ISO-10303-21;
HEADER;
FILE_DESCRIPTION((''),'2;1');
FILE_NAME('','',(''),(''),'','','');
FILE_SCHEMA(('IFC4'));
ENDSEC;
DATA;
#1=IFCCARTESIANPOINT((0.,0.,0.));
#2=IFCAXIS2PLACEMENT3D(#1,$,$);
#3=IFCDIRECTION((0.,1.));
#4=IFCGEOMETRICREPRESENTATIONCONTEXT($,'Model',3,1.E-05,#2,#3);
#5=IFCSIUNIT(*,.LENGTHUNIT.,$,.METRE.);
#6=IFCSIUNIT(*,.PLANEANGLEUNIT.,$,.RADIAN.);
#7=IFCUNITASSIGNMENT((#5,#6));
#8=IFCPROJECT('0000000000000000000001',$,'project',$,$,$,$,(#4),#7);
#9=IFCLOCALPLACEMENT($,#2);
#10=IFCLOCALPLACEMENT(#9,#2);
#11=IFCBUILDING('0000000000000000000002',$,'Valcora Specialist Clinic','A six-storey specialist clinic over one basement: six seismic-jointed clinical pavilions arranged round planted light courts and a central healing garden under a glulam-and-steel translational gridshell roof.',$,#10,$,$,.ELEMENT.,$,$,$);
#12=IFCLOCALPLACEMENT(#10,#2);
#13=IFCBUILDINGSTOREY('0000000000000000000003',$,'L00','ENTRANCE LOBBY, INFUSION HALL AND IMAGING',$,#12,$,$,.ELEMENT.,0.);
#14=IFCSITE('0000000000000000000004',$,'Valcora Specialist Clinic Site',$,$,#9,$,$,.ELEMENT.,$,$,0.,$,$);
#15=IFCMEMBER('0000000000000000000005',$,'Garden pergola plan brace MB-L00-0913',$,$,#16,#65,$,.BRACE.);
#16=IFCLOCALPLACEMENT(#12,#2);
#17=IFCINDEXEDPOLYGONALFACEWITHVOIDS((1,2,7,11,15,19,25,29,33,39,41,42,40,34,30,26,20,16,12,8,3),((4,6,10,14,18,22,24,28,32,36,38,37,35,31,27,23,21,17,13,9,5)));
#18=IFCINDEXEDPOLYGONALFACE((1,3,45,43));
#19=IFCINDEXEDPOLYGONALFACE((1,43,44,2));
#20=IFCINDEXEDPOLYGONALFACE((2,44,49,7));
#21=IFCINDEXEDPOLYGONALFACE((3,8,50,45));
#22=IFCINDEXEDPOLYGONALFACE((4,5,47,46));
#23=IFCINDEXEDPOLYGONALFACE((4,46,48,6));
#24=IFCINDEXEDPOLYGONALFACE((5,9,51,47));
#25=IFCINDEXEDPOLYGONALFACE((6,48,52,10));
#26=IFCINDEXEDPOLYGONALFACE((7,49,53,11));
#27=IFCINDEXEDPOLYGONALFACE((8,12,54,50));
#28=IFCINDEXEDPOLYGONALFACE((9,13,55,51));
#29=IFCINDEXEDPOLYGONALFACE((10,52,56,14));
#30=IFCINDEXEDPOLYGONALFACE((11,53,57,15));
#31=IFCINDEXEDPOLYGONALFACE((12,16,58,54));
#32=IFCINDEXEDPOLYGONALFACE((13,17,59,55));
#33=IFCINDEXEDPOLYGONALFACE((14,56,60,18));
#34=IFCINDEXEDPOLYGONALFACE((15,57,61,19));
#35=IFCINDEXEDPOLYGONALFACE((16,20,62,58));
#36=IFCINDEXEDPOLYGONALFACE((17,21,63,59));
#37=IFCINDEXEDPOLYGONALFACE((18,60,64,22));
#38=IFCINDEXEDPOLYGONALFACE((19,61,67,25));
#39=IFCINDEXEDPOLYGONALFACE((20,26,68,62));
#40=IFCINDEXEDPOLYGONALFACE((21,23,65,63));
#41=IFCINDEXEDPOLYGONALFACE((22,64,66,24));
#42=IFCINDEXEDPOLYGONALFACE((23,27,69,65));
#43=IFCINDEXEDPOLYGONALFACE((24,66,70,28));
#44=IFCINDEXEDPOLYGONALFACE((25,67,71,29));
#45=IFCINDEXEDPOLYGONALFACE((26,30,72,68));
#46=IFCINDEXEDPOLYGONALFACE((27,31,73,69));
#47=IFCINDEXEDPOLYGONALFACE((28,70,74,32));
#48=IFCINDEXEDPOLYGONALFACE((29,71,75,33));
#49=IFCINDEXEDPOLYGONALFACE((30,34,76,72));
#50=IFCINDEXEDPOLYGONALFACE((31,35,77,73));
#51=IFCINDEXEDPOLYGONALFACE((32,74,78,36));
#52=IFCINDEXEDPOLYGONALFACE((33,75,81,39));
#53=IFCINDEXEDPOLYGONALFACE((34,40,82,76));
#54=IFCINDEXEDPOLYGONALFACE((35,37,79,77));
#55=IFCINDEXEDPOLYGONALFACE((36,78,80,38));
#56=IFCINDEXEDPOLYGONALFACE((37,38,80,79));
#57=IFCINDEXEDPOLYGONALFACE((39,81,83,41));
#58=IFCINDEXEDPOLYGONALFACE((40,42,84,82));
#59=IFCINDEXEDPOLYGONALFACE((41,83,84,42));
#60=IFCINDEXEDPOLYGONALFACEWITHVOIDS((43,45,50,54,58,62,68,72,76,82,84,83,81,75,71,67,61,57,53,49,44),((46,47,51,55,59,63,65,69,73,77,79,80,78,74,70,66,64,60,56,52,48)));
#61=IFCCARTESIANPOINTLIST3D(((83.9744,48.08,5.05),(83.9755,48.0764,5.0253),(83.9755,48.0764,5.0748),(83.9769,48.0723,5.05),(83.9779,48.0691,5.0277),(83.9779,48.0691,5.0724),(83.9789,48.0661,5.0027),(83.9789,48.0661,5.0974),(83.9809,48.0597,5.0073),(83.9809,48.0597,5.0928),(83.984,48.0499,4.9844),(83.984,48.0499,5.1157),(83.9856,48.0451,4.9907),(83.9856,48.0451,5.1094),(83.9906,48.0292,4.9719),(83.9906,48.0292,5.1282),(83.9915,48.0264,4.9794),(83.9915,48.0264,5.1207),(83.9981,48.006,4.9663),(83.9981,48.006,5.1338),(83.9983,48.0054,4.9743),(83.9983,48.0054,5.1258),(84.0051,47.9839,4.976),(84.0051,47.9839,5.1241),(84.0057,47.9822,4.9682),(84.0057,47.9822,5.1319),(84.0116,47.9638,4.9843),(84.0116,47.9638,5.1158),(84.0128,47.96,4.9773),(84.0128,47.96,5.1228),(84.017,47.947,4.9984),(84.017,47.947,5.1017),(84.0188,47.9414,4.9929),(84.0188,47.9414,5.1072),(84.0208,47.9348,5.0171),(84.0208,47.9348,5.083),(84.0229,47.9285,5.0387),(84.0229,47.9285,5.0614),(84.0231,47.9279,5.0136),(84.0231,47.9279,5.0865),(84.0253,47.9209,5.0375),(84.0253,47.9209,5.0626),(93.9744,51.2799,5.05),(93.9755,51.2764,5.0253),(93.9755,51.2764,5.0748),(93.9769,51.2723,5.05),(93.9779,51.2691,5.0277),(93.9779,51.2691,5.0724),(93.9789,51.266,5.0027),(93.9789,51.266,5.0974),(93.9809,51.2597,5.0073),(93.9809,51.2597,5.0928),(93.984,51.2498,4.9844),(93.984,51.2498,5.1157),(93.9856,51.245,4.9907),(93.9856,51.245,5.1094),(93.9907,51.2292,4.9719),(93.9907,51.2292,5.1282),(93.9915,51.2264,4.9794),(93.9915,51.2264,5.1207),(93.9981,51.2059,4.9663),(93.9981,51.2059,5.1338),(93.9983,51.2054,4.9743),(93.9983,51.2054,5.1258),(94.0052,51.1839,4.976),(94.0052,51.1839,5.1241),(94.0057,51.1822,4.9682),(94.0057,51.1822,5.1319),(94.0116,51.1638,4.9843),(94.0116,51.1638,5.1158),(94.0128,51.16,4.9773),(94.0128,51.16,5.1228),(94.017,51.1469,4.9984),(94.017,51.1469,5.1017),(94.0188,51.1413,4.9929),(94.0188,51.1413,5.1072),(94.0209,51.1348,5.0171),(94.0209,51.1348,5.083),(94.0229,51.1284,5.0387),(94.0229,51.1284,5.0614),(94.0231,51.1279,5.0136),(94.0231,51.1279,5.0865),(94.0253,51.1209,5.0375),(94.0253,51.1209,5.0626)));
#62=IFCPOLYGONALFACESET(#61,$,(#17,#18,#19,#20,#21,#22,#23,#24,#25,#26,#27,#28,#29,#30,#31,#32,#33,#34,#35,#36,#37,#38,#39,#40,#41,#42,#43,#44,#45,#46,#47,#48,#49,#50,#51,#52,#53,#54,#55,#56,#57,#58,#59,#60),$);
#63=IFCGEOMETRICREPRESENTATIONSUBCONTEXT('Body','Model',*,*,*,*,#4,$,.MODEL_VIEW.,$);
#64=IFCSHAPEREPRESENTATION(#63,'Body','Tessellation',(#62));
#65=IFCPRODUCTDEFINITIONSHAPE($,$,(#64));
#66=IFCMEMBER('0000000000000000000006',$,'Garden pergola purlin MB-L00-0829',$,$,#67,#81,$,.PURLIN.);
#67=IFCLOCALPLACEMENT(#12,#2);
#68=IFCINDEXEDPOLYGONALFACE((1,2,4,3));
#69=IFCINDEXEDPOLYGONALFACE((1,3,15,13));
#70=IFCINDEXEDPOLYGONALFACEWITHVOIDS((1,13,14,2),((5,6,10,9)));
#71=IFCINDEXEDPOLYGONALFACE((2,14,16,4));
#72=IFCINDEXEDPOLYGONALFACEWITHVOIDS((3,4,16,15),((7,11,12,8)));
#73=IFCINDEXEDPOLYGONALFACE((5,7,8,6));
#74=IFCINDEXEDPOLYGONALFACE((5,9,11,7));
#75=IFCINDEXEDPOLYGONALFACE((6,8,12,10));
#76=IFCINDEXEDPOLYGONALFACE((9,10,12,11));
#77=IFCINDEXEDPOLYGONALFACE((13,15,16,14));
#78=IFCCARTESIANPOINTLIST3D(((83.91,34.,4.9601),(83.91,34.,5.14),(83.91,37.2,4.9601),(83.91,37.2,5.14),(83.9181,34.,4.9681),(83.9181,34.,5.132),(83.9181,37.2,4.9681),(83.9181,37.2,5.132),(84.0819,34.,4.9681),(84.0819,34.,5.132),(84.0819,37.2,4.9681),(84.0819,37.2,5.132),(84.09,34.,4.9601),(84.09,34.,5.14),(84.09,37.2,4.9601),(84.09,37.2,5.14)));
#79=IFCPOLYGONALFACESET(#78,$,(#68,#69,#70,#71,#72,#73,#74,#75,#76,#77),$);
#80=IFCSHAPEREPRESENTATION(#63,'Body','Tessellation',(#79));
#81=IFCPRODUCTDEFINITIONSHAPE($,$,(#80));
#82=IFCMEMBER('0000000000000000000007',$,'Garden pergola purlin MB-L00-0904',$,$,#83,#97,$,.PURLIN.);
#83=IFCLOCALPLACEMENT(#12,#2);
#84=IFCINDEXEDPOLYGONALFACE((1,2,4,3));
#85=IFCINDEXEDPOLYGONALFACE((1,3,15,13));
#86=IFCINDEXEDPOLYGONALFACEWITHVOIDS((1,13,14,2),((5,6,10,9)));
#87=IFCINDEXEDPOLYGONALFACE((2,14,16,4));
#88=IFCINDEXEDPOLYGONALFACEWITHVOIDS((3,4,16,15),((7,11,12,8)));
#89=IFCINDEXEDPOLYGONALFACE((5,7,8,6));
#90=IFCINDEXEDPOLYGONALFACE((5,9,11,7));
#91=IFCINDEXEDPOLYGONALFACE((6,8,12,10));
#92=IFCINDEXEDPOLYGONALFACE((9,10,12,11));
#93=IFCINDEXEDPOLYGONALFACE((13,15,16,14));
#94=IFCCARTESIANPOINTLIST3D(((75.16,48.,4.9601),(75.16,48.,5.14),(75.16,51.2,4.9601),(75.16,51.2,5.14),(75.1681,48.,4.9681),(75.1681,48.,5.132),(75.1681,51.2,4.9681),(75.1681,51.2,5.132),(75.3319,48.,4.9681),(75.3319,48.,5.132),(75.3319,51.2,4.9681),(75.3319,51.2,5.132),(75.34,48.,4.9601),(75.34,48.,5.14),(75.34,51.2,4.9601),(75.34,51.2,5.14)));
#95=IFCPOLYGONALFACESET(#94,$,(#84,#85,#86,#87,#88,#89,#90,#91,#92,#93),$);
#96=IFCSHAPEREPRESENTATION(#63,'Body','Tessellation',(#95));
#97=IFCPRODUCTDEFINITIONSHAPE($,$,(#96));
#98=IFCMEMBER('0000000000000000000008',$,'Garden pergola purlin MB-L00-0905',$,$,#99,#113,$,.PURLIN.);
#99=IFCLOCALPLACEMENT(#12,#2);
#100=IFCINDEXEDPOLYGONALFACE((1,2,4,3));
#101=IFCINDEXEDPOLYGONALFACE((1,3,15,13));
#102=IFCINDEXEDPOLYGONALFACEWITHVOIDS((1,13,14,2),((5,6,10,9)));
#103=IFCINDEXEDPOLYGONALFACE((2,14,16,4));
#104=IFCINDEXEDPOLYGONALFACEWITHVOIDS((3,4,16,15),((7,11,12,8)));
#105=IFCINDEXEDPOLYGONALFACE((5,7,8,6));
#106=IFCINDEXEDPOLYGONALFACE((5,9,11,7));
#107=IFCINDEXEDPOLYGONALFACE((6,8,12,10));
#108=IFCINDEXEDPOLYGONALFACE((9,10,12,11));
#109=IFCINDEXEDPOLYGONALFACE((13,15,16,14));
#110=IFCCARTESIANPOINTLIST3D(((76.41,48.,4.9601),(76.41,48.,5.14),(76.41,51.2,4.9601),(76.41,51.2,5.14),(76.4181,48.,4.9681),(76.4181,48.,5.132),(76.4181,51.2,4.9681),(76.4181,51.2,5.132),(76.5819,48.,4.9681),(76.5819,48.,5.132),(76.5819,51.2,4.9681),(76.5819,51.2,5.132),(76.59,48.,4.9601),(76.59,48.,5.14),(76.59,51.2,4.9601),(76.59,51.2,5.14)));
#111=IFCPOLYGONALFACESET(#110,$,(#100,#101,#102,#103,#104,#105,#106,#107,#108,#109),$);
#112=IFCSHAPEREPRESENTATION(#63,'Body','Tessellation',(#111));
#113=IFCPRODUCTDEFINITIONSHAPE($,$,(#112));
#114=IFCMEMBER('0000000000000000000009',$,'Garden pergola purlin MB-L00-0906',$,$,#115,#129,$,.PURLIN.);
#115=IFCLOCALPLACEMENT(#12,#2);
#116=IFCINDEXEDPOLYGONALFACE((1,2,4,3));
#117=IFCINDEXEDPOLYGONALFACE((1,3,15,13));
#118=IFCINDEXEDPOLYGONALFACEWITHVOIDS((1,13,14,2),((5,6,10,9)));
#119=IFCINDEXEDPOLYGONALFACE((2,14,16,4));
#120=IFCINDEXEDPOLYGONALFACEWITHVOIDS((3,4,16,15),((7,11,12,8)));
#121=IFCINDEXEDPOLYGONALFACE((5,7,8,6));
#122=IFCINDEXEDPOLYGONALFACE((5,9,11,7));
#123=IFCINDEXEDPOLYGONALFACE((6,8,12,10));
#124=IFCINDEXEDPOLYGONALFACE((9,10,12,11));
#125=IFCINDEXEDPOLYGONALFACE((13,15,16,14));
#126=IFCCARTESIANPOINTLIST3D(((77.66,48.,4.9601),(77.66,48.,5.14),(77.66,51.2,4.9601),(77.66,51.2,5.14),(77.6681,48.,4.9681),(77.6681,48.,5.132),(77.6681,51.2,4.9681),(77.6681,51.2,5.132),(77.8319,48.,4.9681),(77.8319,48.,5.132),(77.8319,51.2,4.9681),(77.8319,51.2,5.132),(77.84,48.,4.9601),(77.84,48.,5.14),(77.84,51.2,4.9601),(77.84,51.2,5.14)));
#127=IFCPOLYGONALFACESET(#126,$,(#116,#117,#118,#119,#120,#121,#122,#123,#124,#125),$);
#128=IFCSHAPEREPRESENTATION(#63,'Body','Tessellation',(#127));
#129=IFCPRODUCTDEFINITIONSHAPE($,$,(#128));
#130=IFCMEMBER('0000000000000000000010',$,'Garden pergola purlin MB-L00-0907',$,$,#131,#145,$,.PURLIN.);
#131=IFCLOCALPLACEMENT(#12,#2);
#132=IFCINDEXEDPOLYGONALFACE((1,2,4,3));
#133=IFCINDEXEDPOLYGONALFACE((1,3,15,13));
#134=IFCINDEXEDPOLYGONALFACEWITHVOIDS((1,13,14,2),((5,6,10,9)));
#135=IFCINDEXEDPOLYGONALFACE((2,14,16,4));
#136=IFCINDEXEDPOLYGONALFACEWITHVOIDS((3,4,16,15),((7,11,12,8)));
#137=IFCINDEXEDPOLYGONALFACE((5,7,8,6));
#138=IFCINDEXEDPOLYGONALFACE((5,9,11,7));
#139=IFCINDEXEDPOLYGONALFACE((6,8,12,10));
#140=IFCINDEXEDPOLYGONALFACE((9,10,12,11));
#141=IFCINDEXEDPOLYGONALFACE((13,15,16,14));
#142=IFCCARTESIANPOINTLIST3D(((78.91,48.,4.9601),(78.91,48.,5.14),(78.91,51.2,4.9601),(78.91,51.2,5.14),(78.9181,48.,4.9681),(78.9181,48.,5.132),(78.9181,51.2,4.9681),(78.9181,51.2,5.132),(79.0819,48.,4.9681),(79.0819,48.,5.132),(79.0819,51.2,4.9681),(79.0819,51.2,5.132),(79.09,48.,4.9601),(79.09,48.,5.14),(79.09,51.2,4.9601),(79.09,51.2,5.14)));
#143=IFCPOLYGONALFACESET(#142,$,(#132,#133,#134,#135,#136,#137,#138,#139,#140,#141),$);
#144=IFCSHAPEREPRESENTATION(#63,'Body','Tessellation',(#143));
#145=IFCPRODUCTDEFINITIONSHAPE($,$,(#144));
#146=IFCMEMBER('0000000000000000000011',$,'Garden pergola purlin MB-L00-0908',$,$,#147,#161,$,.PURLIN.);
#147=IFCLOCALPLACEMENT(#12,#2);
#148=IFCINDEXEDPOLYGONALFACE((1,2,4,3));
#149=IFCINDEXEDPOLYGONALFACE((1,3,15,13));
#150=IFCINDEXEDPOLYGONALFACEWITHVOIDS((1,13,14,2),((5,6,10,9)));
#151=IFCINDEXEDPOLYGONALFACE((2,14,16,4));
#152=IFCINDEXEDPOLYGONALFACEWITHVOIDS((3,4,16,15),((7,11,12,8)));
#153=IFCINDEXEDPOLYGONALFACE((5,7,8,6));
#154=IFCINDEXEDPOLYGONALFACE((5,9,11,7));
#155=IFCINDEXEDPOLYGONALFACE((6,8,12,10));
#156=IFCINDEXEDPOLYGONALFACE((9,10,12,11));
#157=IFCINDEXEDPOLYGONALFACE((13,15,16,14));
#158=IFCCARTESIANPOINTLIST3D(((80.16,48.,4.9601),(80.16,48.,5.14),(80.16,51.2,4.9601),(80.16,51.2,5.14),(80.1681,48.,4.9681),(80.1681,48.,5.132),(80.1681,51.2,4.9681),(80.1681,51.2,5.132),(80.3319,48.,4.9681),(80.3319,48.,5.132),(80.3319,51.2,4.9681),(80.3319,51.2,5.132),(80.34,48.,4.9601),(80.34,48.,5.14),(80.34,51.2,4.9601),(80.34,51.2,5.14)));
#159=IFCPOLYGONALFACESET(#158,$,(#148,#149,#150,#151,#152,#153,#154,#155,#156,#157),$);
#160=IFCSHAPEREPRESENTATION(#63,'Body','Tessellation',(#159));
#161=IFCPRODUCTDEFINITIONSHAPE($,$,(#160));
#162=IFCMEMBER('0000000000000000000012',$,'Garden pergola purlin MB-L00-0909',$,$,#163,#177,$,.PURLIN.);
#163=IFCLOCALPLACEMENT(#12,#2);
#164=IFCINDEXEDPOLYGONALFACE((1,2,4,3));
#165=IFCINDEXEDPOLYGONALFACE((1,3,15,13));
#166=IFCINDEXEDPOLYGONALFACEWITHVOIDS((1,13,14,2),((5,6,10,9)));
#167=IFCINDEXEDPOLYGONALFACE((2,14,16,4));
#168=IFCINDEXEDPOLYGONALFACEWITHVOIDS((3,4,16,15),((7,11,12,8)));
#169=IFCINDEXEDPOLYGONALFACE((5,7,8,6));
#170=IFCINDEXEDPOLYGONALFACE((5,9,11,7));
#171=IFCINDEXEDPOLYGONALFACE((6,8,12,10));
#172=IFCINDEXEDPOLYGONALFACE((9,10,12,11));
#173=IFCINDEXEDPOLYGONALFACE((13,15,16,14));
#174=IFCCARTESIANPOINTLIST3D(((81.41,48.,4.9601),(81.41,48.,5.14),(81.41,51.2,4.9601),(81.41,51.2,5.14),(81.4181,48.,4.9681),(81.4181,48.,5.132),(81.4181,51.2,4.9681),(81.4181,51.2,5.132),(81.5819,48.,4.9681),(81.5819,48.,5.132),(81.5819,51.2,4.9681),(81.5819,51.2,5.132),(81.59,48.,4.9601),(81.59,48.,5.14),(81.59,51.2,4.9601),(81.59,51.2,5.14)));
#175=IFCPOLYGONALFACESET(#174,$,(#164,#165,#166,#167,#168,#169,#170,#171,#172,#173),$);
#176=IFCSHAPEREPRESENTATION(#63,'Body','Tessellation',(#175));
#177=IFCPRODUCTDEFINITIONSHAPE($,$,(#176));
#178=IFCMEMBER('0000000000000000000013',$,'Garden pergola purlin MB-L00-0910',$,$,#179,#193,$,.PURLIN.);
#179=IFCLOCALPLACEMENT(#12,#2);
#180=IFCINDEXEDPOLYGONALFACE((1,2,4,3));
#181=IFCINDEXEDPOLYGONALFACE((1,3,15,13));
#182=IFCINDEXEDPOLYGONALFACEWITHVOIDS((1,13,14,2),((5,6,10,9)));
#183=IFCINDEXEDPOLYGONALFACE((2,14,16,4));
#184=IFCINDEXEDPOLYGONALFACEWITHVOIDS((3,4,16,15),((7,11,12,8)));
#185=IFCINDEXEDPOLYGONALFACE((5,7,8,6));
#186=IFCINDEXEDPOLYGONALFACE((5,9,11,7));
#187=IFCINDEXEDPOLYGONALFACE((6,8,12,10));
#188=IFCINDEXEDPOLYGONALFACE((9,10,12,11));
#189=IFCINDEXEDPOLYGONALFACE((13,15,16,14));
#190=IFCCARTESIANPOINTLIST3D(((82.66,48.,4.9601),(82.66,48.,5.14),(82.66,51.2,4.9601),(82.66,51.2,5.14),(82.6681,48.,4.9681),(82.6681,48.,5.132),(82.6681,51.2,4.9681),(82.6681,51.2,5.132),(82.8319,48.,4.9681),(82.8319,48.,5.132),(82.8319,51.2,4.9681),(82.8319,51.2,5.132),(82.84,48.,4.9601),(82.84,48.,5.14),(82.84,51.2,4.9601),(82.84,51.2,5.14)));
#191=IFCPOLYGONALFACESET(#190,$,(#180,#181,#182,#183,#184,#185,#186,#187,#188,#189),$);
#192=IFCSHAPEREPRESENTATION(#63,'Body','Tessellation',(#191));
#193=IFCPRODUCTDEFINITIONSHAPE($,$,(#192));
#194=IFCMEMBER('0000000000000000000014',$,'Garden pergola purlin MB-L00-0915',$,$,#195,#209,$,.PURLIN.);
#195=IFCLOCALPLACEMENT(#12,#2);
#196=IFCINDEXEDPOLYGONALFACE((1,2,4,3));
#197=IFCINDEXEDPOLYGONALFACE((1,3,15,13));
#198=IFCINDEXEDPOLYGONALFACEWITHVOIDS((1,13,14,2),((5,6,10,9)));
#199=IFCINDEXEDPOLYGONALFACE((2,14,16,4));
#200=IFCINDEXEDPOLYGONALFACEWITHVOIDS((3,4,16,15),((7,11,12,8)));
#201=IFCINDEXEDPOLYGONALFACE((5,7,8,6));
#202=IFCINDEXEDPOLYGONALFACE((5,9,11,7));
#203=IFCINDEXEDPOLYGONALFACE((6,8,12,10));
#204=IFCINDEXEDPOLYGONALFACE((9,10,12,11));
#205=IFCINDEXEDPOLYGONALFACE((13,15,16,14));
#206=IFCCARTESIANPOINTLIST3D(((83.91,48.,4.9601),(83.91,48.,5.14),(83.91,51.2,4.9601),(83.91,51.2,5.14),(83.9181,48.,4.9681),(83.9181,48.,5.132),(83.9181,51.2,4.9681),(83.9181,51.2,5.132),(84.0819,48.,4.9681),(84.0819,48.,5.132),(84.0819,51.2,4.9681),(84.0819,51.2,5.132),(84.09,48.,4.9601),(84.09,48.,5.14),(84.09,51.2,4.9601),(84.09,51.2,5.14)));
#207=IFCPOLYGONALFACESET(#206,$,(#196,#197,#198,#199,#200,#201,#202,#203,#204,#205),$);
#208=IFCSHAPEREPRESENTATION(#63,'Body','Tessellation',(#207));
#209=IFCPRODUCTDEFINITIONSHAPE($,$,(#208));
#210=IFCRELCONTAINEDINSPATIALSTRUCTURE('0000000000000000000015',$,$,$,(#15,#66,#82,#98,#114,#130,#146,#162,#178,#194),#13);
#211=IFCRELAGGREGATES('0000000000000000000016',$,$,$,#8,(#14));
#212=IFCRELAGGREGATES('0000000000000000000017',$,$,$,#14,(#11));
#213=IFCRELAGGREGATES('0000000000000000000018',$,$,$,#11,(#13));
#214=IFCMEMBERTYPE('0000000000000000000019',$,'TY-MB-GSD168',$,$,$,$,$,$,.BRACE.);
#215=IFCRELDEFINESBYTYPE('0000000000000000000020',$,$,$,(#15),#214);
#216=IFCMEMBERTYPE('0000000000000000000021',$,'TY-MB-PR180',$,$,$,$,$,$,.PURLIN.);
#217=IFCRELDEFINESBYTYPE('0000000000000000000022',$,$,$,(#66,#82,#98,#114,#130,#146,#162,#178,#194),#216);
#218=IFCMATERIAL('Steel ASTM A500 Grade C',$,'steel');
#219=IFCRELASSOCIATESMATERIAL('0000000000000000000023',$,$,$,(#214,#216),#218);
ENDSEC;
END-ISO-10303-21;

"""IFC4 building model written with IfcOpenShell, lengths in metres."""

from ifc_helpers import new_model, si_unit, direction, frame, origin, origin_2d, place, context, subcontext, project, spatial, hollow_rectangle, hollow_circle, extrude, material, material_profile, profile_set, type_object, element, save


model = new_model("IFC4")

# Units and contexts
model_context = context("Model", 3, precision=1e-05, world=origin(), true_north=direction((0.0, 1.0)))
body_context = subcontext(model_context, "Body", "Model", "MODEL_VIEW")
ifc_project = project(units=[si_unit("LENGTHUNIT", "METRE"), si_unit("PLANEANGLEUNIT", "RADIAN")], contexts=[model_context])

# Site, building, storey
site_placement = place(None, origin())
site = spatial("IfcSite", under=ifc_project, at=site_placement, Name="Valcora Specialist Clinic Site", CompositionType="ELEMENT", RefElevation=0.0)
building_placement = place(site_placement, origin())
building = spatial("IfcBuilding", under=site, at=building_placement, Name="Valcora Specialist Clinic", Description="A six-storey specialist clinic over one basement: six seismic-jointed clinical pavilions arranged round planted light courts and a central healing garden under a glulam-and-steel translational gridshell roof.", CompositionType="ELEMENT")
storey_placement = place(building_placement, origin())
storey = spatial("IfcBuildingStorey", under=building, at=storey_placement, Name="L00", Description="ENTRANCE LOBBY, INFUSION HALL AND IMAGING", CompositionType="ELEMENT", Elevation=0.0)

# Members
ifc_material_1 = material(Name="Steel ASTM A500 Grade C", Category="steel")
ifc_material_profile_1 = material_profile(ifc_material_1, hollow_circle(Radius=0.084, WallThickness=0.0081, at=origin_2d()), Name="ST-CHS-168X8")
ifc_profile_set_1 = profile_set([ifc_material_profile_1], Name="Steel ASTM A500 Grade C")
member_type_1 = type_object("IfcMemberType", Name="TY-MB-GSD168", PredefinedType="BRACE", material=ifc_profile_set_1)
for number, where, z_axis, x_axis, name in (
    (1, (84.0, 48.0, 5.05), (0.952425, 0.304772, 0.0), (-0.304772, 0.952425, 0.0), "Garden pergola plan brace MB-L00-0913"),
):
    element("IfcMember", number, at=place(storey_placement, frame(where, z_axis=z_axis, x_axis=x_axis)), inside=storey, type_object=member_type_1, Name=name, PredefinedType="BRACE", context=body_context, shape_type="SweptSolid", body=[
        extrude(hollow_circle(Radius=0.084, WallThickness=0.0081, at=origin_2d()), origin(), (0.0, 0.0, 1.0), 10.4995),
    ])
ifc_material_profile_2 = material_profile(ifc_material_1, hollow_rectangle(XDim=0.1799, YDim=0.1799, WallThickness=0.0081, at=origin_2d()), Name="ST-RHS-180X180X8")
ifc_profile_set_2 = profile_set([ifc_material_profile_2], Name="Steel ASTM A500 Grade C")
member_type_2 = type_object("IfcMemberType", Name="TY-MB-PR180", PredefinedType="PURLIN", material=ifc_profile_set_2)
for number, where, z_axis, x_axis, name in (
    (2, (84.0, 34.0, 5.05), (0.0, 1.0, 0.0), (-1.0, 0.0, 0.0), "Garden pergola purlin MB-L00-0829"),
    (3, (75.25, 48.0, 5.05), (0.0, 1.0, 0.0), (-1.0, 0.0, 0.0), "Garden pergola purlin MB-L00-0904"),
    (4, (76.5, 48.0, 5.05), (0.0, 1.0, 0.0), (-1.0, 0.0, 0.0), "Garden pergola purlin MB-L00-0905"),
    (5, (77.75, 48.0, 5.05), (0.0, 1.0, 0.0), (-1.0, 0.0, 0.0), "Garden pergola purlin MB-L00-0906"),
    (6, (79.0, 48.0, 5.05), (0.0, 1.0, 0.0), (-1.0, 0.0, 0.0), "Garden pergola purlin MB-L00-0907"),
    (7, (80.25, 48.0, 5.05), (0.0, 1.0, 0.0), (-1.0, 0.0, 0.0), "Garden pergola purlin MB-L00-0908"),
    (8, (81.5, 48.0, 5.05), (0.0, 1.0, 0.0), (-1.0, 0.0, 0.0), "Garden pergola purlin MB-L00-0909"),
    (9, (82.75, 48.0, 5.05), (0.0, 1.0, 0.0), (-1.0, 0.0, 0.0), "Garden pergola purlin MB-L00-0910"),
    (10, (84.0, 48.0, 5.05), (0.0, 1.0, 0.0), (-1.0, 0.0, 0.0), "Garden pergola purlin MB-L00-0915"),
):
    element("IfcMember", number, at=place(storey_placement, frame(where, z_axis=z_axis, x_axis=x_axis)), inside=storey, type_object=member_type_2, Name=name, PredefinedType="PURLIN", context=body_context, shape_type="SweptSolid", body=[
        extrude(hollow_rectangle(XDim=0.1799, YDim=0.1799, WallThickness=0.0081, at=origin_2d()), origin(), (0.0, 0.0, 1.0), 3.2),
    ])

save(model, "model.ifc")
